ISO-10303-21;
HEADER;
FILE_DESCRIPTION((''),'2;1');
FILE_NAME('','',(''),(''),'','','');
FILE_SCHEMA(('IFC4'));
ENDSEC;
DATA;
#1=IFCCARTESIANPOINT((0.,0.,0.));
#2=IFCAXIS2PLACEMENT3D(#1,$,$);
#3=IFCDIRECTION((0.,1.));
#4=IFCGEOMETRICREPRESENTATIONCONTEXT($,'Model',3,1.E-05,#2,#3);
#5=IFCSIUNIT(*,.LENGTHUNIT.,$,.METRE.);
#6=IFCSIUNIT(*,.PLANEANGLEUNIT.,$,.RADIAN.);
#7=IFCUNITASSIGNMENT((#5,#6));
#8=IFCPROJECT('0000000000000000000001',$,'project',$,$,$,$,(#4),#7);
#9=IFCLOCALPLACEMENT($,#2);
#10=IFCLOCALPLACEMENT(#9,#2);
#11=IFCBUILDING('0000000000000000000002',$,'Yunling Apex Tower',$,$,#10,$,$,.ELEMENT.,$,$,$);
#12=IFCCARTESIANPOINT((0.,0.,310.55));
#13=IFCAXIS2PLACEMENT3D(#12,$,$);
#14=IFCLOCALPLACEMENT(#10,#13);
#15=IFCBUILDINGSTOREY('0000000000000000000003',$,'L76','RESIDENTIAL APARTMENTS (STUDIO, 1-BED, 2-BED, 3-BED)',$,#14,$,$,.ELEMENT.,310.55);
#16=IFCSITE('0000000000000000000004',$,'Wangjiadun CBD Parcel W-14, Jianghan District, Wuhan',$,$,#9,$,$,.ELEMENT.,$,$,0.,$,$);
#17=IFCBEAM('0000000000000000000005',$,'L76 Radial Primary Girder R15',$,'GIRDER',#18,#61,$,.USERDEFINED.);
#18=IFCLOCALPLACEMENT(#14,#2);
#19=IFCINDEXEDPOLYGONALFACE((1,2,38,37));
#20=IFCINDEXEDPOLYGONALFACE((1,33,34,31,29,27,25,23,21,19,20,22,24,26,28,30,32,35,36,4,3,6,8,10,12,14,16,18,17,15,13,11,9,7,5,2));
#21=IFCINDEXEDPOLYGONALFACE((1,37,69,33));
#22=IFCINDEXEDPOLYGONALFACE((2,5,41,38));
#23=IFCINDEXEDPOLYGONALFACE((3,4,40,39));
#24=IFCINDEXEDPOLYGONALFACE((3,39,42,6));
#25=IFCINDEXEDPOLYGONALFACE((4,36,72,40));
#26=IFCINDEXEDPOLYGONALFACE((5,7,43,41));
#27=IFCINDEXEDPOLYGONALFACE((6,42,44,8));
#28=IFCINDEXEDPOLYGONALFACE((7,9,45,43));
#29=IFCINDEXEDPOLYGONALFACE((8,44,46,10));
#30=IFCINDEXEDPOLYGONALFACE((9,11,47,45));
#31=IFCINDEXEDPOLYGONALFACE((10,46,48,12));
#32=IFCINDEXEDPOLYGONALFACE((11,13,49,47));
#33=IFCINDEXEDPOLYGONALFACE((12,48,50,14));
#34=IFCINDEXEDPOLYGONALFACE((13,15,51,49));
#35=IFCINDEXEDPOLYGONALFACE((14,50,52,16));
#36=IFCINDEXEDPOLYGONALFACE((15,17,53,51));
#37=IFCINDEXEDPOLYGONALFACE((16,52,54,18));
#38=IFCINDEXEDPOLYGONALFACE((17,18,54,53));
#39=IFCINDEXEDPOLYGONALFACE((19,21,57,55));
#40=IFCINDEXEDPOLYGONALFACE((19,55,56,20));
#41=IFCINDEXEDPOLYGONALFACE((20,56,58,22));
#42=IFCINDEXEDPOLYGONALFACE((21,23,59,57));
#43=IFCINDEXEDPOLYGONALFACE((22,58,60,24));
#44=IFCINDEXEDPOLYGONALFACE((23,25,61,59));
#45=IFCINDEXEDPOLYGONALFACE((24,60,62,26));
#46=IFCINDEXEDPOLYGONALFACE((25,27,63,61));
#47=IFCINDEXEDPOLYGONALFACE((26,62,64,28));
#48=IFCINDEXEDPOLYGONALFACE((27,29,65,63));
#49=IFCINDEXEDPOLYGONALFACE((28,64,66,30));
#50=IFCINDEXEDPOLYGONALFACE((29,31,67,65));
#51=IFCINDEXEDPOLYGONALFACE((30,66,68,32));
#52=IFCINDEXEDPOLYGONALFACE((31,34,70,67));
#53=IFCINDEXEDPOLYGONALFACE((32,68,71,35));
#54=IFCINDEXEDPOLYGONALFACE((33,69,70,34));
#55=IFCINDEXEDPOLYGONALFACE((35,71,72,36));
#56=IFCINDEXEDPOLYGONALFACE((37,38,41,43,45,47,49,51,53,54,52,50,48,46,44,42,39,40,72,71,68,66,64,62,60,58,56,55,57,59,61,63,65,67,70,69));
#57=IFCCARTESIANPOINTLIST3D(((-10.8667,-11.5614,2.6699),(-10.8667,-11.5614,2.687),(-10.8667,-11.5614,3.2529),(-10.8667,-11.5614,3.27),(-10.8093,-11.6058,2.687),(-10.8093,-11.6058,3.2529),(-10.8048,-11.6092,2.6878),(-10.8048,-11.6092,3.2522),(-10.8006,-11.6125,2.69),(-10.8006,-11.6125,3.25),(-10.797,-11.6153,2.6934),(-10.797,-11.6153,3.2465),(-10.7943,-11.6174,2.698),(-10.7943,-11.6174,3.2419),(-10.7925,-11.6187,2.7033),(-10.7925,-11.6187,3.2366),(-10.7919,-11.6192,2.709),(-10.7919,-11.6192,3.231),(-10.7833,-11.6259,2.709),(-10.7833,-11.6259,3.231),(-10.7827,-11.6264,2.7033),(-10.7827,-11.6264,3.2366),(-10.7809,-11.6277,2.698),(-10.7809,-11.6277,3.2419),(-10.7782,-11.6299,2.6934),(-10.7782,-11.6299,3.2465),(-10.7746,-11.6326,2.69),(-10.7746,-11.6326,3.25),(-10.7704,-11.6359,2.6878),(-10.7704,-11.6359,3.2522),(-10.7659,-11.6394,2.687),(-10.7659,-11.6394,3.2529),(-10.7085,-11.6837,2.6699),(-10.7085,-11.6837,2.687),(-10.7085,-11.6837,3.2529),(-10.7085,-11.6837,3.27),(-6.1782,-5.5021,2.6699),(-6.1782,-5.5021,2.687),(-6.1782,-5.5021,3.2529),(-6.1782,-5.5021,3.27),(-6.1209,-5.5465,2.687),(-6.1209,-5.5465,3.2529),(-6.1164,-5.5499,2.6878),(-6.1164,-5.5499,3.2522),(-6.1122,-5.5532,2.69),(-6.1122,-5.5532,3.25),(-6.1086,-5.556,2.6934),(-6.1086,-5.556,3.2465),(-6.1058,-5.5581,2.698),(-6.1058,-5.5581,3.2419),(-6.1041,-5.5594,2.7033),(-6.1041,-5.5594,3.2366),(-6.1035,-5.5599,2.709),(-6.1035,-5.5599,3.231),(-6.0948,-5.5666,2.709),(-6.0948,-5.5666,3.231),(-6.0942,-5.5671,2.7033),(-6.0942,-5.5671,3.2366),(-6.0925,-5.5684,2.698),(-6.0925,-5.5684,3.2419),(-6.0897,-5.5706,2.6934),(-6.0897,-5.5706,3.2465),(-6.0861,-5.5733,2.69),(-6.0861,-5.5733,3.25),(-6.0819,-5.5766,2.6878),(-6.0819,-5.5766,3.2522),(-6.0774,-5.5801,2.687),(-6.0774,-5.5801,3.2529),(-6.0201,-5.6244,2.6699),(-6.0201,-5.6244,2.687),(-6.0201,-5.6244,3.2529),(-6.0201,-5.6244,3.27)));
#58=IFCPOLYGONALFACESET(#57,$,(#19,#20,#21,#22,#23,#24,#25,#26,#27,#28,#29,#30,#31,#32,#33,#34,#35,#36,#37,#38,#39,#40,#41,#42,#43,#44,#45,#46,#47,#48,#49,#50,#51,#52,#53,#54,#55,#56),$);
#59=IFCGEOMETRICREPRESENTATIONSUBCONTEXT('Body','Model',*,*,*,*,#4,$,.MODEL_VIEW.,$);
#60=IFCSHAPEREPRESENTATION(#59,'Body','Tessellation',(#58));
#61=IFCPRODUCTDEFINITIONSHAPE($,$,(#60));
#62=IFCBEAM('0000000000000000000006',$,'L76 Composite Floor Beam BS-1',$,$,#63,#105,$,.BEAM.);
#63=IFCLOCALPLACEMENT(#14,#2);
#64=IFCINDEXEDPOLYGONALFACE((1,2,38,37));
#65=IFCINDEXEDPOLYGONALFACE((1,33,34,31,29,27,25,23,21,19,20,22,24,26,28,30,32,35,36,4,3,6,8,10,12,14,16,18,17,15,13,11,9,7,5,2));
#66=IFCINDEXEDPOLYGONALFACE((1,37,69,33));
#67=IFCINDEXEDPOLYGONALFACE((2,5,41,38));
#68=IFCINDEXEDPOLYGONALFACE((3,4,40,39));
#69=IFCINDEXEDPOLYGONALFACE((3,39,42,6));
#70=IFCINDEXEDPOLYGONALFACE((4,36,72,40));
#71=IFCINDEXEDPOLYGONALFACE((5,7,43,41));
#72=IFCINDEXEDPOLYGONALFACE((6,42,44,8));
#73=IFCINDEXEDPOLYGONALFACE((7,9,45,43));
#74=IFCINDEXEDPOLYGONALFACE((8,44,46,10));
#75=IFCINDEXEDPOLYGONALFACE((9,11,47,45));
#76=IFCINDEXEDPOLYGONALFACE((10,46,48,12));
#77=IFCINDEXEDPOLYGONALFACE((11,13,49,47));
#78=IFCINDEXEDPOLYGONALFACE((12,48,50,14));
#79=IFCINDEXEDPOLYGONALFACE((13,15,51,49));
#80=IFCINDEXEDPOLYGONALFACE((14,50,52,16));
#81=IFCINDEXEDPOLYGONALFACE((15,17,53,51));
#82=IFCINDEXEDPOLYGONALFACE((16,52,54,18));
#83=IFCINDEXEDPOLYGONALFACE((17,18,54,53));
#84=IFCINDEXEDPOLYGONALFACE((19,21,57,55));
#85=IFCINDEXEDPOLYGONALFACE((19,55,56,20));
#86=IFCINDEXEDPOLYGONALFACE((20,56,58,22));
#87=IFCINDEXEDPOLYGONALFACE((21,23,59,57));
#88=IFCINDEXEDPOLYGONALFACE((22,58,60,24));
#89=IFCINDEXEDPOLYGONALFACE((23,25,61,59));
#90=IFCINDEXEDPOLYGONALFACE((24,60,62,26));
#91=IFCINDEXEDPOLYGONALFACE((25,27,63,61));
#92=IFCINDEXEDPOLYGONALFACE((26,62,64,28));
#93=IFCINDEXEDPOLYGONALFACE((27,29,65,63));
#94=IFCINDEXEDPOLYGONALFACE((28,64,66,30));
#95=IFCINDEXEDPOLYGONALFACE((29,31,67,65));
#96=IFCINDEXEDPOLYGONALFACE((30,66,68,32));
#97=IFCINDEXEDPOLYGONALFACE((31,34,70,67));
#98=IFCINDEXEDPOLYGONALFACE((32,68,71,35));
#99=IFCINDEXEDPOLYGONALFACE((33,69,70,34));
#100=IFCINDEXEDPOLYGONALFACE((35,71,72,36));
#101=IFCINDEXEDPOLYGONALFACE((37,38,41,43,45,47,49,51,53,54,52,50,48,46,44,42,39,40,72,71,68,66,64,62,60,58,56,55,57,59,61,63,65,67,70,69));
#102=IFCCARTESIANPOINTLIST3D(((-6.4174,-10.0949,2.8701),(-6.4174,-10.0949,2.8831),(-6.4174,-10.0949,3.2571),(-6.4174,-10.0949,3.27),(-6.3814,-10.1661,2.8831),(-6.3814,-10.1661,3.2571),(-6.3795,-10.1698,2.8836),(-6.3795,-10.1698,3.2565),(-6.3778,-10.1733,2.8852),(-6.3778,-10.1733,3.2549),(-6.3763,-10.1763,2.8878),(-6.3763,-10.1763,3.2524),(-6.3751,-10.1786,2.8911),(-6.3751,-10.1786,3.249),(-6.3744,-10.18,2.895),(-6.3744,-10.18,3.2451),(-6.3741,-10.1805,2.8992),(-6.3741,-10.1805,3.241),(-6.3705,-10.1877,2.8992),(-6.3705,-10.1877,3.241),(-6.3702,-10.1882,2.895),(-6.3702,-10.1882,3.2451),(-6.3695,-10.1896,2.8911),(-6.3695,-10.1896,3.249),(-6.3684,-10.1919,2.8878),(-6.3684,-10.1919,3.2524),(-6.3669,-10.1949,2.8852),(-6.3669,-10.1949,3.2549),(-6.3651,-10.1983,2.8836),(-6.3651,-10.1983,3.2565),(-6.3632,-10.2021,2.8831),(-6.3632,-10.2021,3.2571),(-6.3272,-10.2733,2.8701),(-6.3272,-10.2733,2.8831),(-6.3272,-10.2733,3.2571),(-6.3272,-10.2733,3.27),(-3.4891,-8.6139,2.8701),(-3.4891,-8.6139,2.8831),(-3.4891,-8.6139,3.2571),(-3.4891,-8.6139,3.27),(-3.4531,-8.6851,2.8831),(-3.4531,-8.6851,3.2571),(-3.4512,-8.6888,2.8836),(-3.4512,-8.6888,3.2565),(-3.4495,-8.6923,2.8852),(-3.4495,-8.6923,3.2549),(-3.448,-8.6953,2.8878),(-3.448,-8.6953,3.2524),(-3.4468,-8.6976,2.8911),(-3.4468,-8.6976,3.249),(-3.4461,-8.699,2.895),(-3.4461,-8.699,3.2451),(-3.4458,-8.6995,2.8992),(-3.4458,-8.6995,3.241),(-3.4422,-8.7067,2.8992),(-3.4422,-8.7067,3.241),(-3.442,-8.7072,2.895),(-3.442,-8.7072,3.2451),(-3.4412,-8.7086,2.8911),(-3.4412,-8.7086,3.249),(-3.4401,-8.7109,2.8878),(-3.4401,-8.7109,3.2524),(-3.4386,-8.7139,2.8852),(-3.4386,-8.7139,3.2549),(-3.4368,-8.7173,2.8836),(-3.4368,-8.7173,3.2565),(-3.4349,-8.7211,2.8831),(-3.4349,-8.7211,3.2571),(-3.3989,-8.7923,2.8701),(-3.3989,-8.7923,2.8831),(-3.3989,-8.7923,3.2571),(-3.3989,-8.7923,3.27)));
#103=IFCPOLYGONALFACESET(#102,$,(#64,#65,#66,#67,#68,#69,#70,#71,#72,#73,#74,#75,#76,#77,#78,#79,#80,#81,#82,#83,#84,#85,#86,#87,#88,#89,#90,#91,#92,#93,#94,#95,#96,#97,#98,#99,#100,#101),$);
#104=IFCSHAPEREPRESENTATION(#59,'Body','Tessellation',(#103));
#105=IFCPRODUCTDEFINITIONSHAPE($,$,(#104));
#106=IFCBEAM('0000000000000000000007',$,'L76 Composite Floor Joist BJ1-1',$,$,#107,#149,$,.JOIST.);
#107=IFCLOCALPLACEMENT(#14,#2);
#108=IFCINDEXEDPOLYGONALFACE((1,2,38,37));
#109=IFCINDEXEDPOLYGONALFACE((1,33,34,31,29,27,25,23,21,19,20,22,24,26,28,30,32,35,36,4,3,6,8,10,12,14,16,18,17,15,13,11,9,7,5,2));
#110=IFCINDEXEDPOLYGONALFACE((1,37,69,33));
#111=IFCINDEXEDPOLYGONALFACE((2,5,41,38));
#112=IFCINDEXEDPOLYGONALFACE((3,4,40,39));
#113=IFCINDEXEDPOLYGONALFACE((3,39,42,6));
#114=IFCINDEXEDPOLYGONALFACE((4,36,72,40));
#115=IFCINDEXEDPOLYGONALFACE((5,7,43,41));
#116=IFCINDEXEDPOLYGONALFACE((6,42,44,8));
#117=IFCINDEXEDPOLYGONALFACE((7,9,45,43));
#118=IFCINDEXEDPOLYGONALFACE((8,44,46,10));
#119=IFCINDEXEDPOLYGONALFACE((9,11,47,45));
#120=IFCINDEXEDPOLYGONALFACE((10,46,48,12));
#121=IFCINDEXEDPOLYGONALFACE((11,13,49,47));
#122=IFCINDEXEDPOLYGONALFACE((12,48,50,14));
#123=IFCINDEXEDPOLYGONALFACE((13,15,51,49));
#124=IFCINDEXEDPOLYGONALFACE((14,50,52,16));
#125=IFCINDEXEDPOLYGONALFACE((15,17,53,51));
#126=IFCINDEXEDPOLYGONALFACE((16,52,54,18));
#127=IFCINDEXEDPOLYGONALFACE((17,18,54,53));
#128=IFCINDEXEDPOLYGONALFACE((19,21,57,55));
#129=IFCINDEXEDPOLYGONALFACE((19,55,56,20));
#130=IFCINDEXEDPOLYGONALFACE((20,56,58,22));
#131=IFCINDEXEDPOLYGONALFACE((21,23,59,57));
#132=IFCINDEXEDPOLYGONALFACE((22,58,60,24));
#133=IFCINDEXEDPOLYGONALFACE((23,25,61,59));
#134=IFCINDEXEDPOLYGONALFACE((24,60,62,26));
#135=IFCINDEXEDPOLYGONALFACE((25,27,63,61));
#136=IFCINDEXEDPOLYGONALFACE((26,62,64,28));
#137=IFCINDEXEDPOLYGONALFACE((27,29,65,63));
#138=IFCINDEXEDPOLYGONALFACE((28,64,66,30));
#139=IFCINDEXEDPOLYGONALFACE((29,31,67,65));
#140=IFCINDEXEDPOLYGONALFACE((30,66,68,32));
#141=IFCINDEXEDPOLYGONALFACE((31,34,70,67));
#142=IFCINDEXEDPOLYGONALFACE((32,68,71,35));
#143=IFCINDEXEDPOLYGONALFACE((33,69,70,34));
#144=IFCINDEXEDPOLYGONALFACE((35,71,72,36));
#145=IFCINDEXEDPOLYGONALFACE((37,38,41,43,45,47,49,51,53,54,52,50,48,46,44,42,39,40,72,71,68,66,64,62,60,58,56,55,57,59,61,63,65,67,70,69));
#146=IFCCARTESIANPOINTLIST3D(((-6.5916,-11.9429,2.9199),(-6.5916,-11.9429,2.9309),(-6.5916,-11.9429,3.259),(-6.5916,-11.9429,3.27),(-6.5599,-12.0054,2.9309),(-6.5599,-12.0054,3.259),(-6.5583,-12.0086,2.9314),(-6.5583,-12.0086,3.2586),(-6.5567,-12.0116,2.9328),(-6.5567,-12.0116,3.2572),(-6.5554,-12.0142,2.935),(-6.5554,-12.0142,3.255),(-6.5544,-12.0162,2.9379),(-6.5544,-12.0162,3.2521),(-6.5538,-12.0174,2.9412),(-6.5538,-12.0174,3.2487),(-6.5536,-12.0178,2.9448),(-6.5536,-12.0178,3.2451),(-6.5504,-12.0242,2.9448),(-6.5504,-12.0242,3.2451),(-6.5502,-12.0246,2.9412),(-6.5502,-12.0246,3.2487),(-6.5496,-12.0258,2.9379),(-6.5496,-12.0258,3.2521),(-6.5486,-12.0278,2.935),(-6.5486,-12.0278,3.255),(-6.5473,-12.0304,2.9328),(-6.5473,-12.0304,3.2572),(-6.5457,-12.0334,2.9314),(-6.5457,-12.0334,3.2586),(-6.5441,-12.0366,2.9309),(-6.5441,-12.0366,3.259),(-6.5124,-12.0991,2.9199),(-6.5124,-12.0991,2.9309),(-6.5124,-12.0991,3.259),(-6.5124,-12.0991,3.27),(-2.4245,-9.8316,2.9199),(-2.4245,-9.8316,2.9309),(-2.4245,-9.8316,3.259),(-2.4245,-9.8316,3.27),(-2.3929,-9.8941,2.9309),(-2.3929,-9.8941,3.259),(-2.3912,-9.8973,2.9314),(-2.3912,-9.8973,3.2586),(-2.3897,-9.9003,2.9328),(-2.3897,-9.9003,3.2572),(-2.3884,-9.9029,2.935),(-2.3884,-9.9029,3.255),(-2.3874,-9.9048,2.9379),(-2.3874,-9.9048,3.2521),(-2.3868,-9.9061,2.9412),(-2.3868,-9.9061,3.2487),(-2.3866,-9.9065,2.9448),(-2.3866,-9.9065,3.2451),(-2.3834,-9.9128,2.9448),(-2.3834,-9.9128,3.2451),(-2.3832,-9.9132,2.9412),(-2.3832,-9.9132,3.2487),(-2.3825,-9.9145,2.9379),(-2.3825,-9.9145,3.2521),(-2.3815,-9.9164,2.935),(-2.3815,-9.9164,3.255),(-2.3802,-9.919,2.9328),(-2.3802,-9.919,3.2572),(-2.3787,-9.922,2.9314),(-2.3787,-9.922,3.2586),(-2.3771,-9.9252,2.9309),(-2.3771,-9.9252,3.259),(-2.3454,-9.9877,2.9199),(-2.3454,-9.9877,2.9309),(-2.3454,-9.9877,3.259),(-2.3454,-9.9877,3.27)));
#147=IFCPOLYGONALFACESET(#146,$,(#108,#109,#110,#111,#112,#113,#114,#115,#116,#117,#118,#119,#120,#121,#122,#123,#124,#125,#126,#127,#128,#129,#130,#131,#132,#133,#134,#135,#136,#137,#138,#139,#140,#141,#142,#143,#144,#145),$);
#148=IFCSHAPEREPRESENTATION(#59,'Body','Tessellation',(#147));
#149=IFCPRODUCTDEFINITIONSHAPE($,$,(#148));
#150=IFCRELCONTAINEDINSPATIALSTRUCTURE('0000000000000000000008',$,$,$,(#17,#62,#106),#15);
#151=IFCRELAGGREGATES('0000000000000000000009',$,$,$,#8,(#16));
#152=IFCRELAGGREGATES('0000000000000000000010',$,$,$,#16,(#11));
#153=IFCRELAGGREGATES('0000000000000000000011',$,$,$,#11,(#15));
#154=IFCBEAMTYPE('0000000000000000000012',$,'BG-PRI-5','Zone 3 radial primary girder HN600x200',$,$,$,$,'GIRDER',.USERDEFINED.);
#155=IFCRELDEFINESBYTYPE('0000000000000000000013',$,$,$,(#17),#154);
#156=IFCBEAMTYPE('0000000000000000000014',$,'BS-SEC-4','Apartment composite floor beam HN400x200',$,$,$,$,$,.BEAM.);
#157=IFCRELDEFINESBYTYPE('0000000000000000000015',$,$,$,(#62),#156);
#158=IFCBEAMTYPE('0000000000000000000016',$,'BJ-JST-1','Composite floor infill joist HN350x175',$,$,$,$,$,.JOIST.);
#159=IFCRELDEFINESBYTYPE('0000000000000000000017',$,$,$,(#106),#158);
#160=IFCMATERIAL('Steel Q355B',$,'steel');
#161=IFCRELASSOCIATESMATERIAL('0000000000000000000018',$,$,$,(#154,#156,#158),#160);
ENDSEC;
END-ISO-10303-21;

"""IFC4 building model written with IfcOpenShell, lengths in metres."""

from ifc_helpers import new_model, si_unit, direction, frame, origin, origin_2d, place, context, subcontext, project, spatial, i_section, extrude, source, transform, mapped, material, material_profile, profile_set, type_object, element, save


model = new_model("IFC4")

# Units and contexts
model_context = context("Model", 3, precision=1e-05, world=origin(), true_north=direction((0.0, 1.0)))
body_context = subcontext(model_context, "Body", "Model", "MODEL_VIEW")
ifc_project = project(units=[si_unit("LENGTHUNIT", "METRE"), si_unit("PLANEANGLEUNIT", "RADIAN")], contexts=[model_context])

# Site, building, storey
site_placement = place(None, origin())
site = spatial("IfcSite", under=ifc_project, at=site_placement, Name="Wangjiadun CBD Parcel W-14, Jianghan District, Wuhan", CompositionType="ELEMENT", RefElevation=0.0)
building_placement = place(site_placement, origin())
building = spatial("IfcBuilding", under=site, at=building_placement, Name="Yunling Apex Tower", CompositionType="ELEMENT")
storey_placement = place(building_placement, frame((0.0, 0.0, 310.55)))
storey = spatial("IfcBuildingStorey", under=building, at=storey_placement, Name="L76", Description="RESIDENTIAL APARTMENTS (STUDIO, 1-BED, 2-BED, 3-BED)", CompositionType="ELEMENT", Elevation=310.55)

# Shared definitions
ifc_material_1 = material(Name="Steel Q355B", Category="steel")

# Beams
ifc_material_profile_1 = material_profile(ifc_material_1, i_section(OverallWidth=0.2, OverallDepth=0.6001, WebThickness=0.011, FlangeThickness=0.0171, FilletRadius=0.022, at=origin_2d()))
ifc_profile_set_1 = profile_set([ifc_material_profile_1], Name="Steel Q355B")
beam_type_1 = type_object("IfcBeamType", Name="BG-PRI-5", Description="Zone 3 radial primary girder HN600x200", ElementType="GIRDER", PredefinedType="USERDEFINED", material=ifc_profile_set_1)
shared_shape_1 = source(origin(), body_context, "Body", "SweptSolid", [
    extrude(i_section(OverallWidth=0.2, OverallDepth=0.6001, WebThickness=0.011, FlangeThickness=0.0171, FilletRadius=0.022, at=origin_2d()), origin(), (0.0, 0.0, 1.0), 7.6614),
])
beam_1_placement = place(storey_placement, frame((-10.7876, -11.6226, 2.97), z_axis=(0.61196, 0.790889, 0.0), x_axis=(-0.790889, 0.61196, 0.0)))
element("IfcBeam", 1, at=beam_1_placement, inside=storey, type_object=beam_type_1, Name="L76 Radial Primary Girder R15", ObjectType="GIRDER", PredefinedType="USERDEFINED", context=body_context, shape_type="MappedRepresentation", body=[
    mapped(shared_shape_1, transform((0.0, 0.0, 0.0), scale=1.0)),
])
ifc_material_profile_2 = material_profile(ifc_material_1, i_section(OverallWidth=0.2, OverallDepth=0.3999, WebThickness=0.0081, FlangeThickness=0.0129, FilletRadius=0.0161, at=origin_2d()))
ifc_profile_set_2 = profile_set([ifc_material_profile_2], Name="Steel Q355B")
beam_type_2 = type_object("IfcBeamType", Name="BS-SEC-4", Description="Apartment composite floor beam HN400x200", PredefinedType="BEAM", material=ifc_profile_set_2)
shared_shape_2 = source(origin(), body_context, "Body", "SweptSolid", [
    extrude(i_section(OverallWidth=0.2, OverallDepth=0.3999, WebThickness=0.0081, FlangeThickness=0.0129, FilletRadius=0.0161, at=origin_2d()), origin(), (0.0, 0.0, 1.0), 3.2815),
])
beam_2_placement = place(storey_placement, frame((-6.3723, -10.1841, 3.0701), z_axis=(0.892364, 0.451316, 0.0), x_axis=(-0.451316, 0.892364, 0.0)))
element("IfcBeam", 2, at=beam_2_placement, inside=storey, type_object=beam_type_2, Name="L76 Composite Floor Beam BS-1", PredefinedType="BEAM", context=body_context, shape_type="MappedRepresentation", body=[
    mapped(shared_shape_2, transform((0.0, 0.0, 0.0), scale=1.0)),
])
ifc_material_profile_3 = material_profile(ifc_material_1, i_section(OverallWidth=0.175, OverallDepth=0.3501, WebThickness=0.0071, FlangeThickness=0.011, FilletRadius=0.0139, at=origin_2d()))
ifc_profile_set_3 = profile_set([ifc_material_profile_3], Name="Steel Q355B")
beam_type_3 = type_object("IfcBeamType", Name="BJ-JST-1", Description="Composite floor infill joist HN350x175", PredefinedType="JOIST", material=ifc_profile_set_3)
shared_shape_3 = source(origin(), body_context, "Body", "SweptSolid", [
    extrude(i_section(OverallWidth=0.175, OverallDepth=0.3501, WebThickness=0.0071, FlangeThickness=0.011, FilletRadius=0.0139, at=origin_2d()), origin(), (0.0, 0.0, 1.0), 4.6714),
])
beam_3_placement = place(storey_placement, frame((-6.552, -12.021, 3.095), z_axis=(0.892031, 0.451974, 0.0), x_axis=(-0.451974, 0.892031, 0.0)))
element("IfcBeam", 3, at=beam_3_placement, inside=storey, type_object=beam_type_3, Name="L76 Composite Floor Joist BJ1-1", PredefinedType="JOIST", context=body_context, shape_type="MappedRepresentation", body=[
    mapped(shared_shape_3, transform((0.0, 0.0, 0.0), scale=1.0)),
])

save(model, "model.ifc")
